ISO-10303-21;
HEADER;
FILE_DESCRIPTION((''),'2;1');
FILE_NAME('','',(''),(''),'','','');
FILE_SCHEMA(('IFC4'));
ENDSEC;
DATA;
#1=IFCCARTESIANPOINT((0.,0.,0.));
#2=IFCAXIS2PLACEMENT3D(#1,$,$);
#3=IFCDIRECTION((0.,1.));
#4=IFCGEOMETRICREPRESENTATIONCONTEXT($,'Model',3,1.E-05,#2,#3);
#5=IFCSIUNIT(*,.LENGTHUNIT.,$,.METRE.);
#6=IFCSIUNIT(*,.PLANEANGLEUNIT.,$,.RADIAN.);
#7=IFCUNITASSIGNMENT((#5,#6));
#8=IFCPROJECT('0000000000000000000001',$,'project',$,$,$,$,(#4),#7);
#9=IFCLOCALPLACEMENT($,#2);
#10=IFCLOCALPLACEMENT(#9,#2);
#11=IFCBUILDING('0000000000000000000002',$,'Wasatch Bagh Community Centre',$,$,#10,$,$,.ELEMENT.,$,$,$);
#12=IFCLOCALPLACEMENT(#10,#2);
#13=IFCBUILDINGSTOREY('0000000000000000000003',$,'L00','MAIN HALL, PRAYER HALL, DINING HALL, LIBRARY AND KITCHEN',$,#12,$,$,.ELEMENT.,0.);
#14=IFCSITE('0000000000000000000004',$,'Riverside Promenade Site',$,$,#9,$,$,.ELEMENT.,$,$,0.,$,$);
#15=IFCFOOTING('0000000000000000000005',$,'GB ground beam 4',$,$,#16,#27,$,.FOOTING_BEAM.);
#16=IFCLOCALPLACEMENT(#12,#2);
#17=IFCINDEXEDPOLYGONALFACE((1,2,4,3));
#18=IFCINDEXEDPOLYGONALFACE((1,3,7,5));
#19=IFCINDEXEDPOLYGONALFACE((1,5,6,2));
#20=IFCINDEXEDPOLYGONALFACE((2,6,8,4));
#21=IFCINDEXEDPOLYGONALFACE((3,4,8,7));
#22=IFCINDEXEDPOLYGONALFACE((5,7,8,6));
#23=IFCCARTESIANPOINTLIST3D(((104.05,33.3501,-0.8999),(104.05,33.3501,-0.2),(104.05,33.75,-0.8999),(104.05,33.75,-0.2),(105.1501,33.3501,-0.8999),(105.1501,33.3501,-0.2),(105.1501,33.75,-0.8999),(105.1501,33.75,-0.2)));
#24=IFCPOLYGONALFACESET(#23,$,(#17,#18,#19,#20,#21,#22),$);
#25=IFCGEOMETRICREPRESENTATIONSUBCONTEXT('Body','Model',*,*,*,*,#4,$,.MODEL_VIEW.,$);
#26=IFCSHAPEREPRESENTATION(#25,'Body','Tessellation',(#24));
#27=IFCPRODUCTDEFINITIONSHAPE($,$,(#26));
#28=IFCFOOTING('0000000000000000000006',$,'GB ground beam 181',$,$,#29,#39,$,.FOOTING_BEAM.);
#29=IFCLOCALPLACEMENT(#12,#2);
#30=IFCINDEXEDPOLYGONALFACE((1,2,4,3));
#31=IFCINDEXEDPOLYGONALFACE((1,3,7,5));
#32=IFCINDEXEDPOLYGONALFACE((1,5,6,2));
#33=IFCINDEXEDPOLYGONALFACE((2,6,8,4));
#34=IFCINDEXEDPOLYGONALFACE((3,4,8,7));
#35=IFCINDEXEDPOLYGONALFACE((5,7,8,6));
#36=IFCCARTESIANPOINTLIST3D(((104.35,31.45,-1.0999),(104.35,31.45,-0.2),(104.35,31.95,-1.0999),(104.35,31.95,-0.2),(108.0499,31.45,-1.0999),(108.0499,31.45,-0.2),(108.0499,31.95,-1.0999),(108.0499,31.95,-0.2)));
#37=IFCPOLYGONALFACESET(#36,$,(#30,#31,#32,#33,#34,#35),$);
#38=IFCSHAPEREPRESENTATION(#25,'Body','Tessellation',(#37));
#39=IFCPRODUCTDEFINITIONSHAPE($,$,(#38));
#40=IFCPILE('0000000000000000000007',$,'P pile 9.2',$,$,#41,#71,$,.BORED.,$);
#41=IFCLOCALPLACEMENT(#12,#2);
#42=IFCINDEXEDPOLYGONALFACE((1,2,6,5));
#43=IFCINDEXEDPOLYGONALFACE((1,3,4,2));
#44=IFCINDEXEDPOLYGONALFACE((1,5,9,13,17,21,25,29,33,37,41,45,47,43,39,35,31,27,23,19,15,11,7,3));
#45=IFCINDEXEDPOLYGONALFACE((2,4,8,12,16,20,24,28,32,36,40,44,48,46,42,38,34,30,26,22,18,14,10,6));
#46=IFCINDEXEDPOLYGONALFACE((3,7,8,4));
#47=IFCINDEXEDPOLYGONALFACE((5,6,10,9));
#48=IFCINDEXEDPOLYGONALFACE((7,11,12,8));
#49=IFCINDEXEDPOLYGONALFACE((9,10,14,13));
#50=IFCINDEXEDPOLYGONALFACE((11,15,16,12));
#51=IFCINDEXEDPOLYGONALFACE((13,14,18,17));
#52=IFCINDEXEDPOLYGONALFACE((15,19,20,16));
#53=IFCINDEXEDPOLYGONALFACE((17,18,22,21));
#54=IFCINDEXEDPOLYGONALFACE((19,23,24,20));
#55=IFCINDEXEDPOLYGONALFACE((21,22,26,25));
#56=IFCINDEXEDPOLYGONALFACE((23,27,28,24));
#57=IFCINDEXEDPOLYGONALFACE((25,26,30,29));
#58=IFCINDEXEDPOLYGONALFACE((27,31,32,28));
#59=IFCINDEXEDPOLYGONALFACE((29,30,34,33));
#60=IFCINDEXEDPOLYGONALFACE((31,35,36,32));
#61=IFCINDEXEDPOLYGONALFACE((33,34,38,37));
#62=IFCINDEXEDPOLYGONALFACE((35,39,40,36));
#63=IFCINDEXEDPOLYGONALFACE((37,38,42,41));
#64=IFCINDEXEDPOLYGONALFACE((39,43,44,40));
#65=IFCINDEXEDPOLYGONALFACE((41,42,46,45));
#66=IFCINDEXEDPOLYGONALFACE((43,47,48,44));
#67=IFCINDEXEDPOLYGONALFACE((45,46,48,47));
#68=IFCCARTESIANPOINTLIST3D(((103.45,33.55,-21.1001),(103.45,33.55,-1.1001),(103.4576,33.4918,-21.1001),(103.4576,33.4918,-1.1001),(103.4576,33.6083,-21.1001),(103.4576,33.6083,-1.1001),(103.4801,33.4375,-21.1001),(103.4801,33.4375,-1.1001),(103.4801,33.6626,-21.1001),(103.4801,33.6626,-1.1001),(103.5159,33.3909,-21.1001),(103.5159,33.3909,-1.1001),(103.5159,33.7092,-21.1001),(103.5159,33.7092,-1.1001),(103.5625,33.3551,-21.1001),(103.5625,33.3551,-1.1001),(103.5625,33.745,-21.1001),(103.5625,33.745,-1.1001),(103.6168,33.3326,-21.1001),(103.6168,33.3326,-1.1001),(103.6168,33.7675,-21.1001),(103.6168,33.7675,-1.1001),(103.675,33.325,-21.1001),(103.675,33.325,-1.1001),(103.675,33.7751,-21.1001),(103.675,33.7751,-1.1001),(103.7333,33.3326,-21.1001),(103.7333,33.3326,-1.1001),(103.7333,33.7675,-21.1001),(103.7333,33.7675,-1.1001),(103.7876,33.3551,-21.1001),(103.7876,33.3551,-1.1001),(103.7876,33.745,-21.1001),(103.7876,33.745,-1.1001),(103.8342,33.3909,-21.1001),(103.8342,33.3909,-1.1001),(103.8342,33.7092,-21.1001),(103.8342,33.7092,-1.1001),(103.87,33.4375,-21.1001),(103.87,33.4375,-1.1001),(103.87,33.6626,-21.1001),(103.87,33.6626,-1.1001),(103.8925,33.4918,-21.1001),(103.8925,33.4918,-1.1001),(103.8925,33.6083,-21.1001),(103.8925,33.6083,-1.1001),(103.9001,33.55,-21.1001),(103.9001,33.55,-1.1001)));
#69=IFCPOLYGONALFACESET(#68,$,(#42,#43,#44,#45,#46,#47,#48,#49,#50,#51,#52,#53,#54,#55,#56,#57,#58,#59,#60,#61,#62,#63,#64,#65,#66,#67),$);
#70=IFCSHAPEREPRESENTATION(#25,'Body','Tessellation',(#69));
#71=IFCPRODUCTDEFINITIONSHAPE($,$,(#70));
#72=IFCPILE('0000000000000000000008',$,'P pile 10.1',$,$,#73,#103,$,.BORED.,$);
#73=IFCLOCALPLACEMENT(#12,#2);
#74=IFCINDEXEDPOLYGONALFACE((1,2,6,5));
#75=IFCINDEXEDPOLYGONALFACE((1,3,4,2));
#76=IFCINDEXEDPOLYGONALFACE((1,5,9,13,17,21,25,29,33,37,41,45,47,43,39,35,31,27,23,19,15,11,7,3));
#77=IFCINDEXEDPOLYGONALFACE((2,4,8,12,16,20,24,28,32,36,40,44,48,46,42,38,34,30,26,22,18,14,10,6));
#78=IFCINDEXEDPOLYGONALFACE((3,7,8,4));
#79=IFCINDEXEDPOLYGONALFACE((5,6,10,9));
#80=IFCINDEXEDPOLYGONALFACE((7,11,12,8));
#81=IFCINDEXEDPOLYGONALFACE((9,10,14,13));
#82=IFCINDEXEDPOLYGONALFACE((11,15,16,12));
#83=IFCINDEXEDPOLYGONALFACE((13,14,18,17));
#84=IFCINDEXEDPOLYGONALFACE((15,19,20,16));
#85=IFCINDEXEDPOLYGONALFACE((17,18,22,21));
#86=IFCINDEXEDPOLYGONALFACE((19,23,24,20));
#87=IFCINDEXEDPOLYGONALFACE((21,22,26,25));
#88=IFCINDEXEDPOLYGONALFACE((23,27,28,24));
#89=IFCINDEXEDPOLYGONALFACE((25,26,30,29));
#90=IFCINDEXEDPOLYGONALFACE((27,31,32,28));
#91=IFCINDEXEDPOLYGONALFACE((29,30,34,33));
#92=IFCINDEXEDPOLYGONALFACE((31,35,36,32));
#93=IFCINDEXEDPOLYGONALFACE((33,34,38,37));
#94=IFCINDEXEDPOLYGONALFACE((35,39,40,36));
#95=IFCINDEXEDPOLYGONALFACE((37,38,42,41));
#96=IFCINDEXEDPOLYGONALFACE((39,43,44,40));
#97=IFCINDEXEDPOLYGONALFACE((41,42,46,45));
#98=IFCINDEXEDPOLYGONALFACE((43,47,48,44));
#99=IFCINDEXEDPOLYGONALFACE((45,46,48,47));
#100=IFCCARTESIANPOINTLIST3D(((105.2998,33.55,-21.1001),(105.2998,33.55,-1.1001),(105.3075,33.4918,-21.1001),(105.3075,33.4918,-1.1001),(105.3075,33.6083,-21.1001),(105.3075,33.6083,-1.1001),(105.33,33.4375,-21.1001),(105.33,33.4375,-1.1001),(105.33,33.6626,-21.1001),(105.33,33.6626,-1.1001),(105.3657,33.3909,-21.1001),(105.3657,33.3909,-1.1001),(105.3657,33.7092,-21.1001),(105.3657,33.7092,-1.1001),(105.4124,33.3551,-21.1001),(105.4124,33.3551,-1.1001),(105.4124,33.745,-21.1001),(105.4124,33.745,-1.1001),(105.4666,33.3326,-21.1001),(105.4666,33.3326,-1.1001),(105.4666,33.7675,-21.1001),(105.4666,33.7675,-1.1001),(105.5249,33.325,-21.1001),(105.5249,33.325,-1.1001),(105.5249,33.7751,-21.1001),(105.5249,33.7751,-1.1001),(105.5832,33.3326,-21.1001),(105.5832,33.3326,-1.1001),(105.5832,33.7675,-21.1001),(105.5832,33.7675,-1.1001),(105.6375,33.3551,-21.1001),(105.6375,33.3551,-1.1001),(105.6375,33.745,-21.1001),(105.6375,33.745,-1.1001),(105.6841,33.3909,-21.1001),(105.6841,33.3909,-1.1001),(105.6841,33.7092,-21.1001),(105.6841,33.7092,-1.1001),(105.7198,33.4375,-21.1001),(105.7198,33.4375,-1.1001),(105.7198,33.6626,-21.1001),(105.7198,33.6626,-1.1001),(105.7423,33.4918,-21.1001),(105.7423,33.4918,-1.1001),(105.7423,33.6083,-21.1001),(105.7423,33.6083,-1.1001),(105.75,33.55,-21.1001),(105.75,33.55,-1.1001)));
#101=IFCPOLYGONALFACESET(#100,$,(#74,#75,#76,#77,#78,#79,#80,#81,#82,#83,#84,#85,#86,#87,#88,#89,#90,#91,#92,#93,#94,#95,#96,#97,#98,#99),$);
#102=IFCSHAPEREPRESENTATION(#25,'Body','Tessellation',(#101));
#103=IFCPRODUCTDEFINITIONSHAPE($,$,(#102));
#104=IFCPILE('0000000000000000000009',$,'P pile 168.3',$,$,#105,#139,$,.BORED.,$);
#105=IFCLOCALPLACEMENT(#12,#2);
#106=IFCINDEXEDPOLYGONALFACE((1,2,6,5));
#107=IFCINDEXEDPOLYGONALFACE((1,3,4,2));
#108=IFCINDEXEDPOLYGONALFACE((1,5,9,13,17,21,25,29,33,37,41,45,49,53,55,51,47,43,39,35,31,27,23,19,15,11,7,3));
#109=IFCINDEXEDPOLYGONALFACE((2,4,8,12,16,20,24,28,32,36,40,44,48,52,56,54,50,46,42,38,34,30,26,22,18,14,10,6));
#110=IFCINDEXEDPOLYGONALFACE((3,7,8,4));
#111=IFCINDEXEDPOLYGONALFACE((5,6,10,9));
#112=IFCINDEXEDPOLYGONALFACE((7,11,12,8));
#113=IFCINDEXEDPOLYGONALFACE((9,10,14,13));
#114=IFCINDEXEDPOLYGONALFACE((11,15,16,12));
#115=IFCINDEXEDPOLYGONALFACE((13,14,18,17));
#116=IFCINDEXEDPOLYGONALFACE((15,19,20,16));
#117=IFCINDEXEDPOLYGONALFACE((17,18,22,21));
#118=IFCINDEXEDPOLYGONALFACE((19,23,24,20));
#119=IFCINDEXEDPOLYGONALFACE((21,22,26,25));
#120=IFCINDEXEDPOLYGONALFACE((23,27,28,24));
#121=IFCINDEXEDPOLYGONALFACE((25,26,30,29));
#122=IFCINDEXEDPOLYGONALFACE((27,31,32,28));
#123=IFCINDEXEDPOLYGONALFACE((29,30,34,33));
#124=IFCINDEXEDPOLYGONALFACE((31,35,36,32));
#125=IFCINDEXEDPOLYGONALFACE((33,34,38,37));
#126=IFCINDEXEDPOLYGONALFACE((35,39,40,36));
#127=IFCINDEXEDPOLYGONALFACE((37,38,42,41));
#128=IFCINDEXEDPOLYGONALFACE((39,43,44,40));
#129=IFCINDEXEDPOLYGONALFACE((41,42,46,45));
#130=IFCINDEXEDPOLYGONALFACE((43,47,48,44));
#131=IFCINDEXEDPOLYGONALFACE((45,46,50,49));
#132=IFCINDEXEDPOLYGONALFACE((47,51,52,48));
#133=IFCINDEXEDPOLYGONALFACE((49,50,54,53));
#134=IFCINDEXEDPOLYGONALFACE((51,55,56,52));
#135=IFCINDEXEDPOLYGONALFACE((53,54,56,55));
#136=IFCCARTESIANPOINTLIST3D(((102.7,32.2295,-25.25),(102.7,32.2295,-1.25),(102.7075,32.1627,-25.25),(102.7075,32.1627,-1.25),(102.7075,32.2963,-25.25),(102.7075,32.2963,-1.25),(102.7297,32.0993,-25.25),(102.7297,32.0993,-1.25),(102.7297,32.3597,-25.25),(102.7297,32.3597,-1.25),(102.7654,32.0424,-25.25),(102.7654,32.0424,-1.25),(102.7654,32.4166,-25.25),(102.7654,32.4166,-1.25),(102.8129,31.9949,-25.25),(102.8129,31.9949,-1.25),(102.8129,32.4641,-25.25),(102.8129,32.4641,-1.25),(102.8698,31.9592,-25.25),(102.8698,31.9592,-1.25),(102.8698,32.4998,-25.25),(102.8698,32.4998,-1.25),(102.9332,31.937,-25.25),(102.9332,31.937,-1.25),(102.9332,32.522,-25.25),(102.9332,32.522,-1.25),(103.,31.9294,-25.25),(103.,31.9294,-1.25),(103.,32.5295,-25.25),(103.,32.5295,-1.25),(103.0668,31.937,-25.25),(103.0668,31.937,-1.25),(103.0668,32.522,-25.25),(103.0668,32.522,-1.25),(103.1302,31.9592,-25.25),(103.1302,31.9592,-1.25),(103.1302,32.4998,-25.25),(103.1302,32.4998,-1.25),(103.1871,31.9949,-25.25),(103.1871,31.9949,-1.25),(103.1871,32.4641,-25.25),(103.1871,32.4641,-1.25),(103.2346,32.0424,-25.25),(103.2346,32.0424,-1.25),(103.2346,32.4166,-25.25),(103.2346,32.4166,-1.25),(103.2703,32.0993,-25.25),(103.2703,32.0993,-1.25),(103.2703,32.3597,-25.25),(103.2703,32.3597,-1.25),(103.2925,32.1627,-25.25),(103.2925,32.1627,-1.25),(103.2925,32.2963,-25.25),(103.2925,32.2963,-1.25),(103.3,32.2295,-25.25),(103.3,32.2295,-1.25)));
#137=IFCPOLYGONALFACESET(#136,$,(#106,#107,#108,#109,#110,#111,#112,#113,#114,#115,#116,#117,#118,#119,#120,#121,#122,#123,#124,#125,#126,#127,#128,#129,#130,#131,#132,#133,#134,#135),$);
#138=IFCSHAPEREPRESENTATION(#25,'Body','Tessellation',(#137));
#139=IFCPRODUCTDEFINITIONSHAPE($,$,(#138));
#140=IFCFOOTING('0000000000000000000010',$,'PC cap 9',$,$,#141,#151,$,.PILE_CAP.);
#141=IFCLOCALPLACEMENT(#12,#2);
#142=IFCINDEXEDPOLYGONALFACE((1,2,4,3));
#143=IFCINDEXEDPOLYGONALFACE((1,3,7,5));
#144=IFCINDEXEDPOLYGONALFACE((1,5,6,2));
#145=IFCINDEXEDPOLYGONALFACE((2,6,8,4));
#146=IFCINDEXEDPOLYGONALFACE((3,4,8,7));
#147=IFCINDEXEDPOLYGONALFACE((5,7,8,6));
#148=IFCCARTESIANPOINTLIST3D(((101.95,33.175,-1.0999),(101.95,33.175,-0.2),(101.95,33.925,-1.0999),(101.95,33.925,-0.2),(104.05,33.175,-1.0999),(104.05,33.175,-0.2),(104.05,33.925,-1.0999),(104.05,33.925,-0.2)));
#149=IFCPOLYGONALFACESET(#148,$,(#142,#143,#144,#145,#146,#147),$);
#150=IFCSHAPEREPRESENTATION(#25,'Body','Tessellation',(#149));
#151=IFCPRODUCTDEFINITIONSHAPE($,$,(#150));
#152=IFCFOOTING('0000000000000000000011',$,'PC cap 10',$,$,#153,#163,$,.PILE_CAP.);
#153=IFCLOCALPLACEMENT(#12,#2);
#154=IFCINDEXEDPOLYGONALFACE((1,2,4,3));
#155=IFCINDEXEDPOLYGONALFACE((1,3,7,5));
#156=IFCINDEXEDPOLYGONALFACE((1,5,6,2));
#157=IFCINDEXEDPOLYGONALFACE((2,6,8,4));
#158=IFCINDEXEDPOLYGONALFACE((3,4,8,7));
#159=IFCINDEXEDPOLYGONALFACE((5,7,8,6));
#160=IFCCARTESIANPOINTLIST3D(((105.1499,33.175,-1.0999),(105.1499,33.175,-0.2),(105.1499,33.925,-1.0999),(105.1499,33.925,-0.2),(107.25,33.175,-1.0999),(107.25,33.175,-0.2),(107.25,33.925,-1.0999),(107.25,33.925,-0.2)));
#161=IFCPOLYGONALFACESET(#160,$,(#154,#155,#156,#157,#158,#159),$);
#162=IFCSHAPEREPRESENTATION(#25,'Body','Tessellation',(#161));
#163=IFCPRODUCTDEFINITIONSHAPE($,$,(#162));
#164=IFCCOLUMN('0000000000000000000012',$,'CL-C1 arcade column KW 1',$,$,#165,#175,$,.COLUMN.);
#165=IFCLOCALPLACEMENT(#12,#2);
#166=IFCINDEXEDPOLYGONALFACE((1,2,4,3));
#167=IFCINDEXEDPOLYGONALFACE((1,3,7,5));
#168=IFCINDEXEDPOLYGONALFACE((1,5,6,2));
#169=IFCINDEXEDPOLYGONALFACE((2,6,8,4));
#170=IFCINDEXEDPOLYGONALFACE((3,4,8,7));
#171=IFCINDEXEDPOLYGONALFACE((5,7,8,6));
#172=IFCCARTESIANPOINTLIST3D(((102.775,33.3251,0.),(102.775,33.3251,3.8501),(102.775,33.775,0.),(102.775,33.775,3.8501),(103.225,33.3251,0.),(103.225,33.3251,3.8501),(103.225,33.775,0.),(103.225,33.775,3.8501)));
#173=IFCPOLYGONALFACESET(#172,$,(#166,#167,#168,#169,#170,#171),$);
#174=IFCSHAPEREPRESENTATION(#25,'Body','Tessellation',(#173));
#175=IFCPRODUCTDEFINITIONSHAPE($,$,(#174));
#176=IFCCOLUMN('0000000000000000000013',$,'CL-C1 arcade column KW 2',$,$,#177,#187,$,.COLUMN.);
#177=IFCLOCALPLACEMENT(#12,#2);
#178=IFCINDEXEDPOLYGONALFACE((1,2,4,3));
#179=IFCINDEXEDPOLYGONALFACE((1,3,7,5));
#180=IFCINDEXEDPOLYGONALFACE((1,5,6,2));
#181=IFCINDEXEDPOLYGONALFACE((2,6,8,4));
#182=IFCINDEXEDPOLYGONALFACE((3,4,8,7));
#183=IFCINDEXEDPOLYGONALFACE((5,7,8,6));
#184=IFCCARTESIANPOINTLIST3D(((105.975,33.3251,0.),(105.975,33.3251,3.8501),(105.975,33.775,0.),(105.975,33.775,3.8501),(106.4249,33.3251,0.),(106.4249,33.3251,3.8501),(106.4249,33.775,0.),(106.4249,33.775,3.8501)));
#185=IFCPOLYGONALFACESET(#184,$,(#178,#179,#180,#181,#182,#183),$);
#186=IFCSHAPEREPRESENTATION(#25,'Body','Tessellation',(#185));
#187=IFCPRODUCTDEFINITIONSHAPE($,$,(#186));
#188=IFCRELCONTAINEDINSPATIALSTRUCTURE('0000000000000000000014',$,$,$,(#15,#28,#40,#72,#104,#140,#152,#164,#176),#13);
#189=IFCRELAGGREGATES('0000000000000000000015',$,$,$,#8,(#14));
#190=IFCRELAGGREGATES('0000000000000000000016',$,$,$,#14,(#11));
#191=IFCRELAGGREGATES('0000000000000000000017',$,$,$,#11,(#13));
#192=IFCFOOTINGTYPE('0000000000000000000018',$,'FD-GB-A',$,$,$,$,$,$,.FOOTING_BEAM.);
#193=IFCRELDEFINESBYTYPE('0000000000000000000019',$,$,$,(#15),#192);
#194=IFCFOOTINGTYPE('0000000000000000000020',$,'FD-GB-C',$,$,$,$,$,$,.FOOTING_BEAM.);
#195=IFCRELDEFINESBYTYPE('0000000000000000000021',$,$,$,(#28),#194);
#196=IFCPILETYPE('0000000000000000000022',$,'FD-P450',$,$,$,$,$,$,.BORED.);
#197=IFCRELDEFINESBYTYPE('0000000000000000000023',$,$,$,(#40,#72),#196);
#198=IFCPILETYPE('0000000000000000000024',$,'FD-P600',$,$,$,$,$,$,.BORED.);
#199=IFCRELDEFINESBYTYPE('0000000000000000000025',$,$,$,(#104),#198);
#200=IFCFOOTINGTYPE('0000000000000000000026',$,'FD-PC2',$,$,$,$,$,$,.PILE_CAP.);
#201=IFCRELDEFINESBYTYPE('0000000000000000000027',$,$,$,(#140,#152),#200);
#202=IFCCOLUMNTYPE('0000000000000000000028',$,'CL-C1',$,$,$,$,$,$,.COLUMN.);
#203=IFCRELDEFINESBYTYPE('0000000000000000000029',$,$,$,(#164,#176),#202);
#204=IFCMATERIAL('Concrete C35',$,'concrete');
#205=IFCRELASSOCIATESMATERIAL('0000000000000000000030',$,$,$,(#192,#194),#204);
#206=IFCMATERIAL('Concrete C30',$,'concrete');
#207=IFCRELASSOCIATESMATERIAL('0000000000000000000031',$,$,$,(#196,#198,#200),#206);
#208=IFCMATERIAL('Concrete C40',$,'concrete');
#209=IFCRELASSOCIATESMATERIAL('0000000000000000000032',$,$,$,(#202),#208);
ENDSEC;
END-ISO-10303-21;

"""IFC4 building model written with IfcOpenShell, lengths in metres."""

from ifc_helpers import new_model, si_unit, direction, frame, origin, origin_2d, place, context, subcontext, project, spatial, rectangle, circle, extrude, material, material_profile, profile_set, type_object, element, save


model = new_model("IFC4")

# Units and contexts
model_context = context("Model", 3, precision=1e-05, world=origin(), true_north=direction((0.0, 1.0)))
body_context = subcontext(model_context, "Body", "Model", "MODEL_VIEW")
ifc_project = project(units=[si_unit("LENGTHUNIT", "METRE"), si_unit("PLANEANGLEUNIT", "RADIAN")], contexts=[model_context])

# Site, building, storey
site_placement = place(None, origin())
site = spatial("IfcSite", under=ifc_project, at=site_placement, Name="Riverside Promenade Site", CompositionType="ELEMENT", RefElevation=0.0)
building_placement = place(site_placement, origin())
building = spatial("IfcBuilding", under=site, at=building_placement, Name="Wasatch Bagh Community Centre", CompositionType="ELEMENT")
storey_placement = place(building_placement, origin())
storey = spatial("IfcBuildingStorey", under=building, at=storey_placement, Name="L00", Description="MAIN HALL, PRAYER HALL, DINING HALL, LIBRARY AND KITCHEN", CompositionType="ELEMENT", Elevation=0.0)

# Footings
ifc_material_1 = material(Name="Concrete C35", Category="concrete")
footing_type_1 = type_object("IfcFootingType", Name="FD-GB-A", PredefinedType="FOOTING_BEAM", material=ifc_material_1)
footing_1_placement = place(storey_placement, frame((104.6001, 33.55, -0.8999), z_axis=(0.0, 0.0, 1.0), x_axis=(1.0, 0.0, 0.0)))
element("IfcFooting", 1, at=footing_1_placement, inside=storey, type_object=footing_type_1, Name="GB ground beam 4", PredefinedType="FOOTING_BEAM", context=body_context, shape_type="SweptSolid", body=[
    extrude(rectangle(XDim=1.1001, YDim=0.3999, at=origin_2d()), origin(), (0.0, 0.0, 1.0), 0.7),
])
footing_type_2 = type_object("IfcFootingType", Name="FD-GB-C", PredefinedType="FOOTING_BEAM", material=ifc_material_1)
footing_2_placement = place(storey_placement, frame((106.2, 31.7, -1.0999), z_axis=(0.0, 0.0, 1.0), x_axis=(1.0, 0.0, 0.0)))
element("IfcFooting", 2, at=footing_2_placement, inside=storey, type_object=footing_type_2, Name="GB ground beam 181", PredefinedType="FOOTING_BEAM", context=body_context, shape_type="SweptSolid", body=[
    extrude(rectangle(XDim=3.7, YDim=0.5, at=origin_2d()), origin(), (0.0, 0.0, 1.0), 0.8999),
])

# Piles
ifc_material_2 = material(Name="Concrete C30", Category="concrete")
ifc_material_profile_1 = material_profile(ifc_material_2, circle(Radius=0.2251, at=origin_2d()), Name="RC D450")
ifc_profile_set_1 = profile_set([ifc_material_profile_1], Name="Concrete C30")
pile_type_1 = type_object("IfcPileType", Name="FD-P450", PredefinedType="BORED", material=ifc_profile_set_1)
for number, where, z_axis, x_axis, name in (
    (3, (103.675, 33.55, -1.1001), (0.0, 0.0, -1.0), (1.0, 0.0, 0.0), "P pile 9.2"),
    (4, (105.5249, 33.55, -1.1001), (0.0, 0.0, -1.0), (1.0, 0.0, 0.0), "P pile 10.1"),
):
    element("IfcPile", number, at=place(storey_placement, frame(where, z_axis=z_axis, x_axis=x_axis)), inside=storey, type_object=pile_type_1, Name=name, PredefinedType="BORED", context=body_context, shape_type="SweptSolid", body=[
        extrude(circle(Radius=0.2251, at=origin_2d()), origin(), (0.0, 0.0, 1.0), 20.0),
    ])
ifc_material_profile_2 = material_profile(ifc_material_2, circle(Radius=0.3, at=origin_2d()), Name="RC D600")
ifc_profile_set_2 = profile_set([ifc_material_profile_2], Name="Concrete C30")
pile_type_2 = type_object("IfcPileType", Name="FD-P600", PredefinedType="BORED", material=ifc_profile_set_2)
pile_placement = place(storey_placement, frame((103.0, 32.2295, -1.25), z_axis=(0.0, 0.0, -1.0), x_axis=(1.0, 0.0, 0.0)))
element("IfcPile", 5, at=pile_placement, inside=storey, type_object=pile_type_2, Name="P pile 168.3", PredefinedType="BORED", context=body_context, shape_type="SweptSolid", body=[
    extrude(circle(Radius=0.3, at=origin_2d()), origin(), (0.0, 0.0, 1.0), 24.0),
])

# Footings
footing_type_3 = type_object("IfcFootingType", Name="FD-PC2", PredefinedType="PILE_CAP", material=ifc_material_2)
for number, where, z_axis, x_axis, name in (
    (6, (103.0, 33.55, -1.0999), (0.0, 0.0, 1.0), (1.0, 0.0, 0.0), "PC cap 9"),
    (7, (106.2, 33.55, -1.0999), (0.0, 0.0, 1.0), (1.0, 0.0, 0.0), "PC cap 10"),
):
    element("IfcFooting", number, at=place(storey_placement, frame(where, z_axis=z_axis, x_axis=x_axis)), inside=storey, type_object=footing_type_3, Name=name, PredefinedType="PILE_CAP", context=body_context, shape_type="SweptSolid", body=[
        extrude(rectangle(XDim=2.1001, YDim=0.75, at=origin_2d()), origin(), (0.0, 0.0, 1.0), 0.8999),
    ])

# Columns
ifc_material_3 = material(Name="Concrete C40", Category="concrete")
ifc_material_profile_3 = material_profile(ifc_material_3, rectangle(XDim=0.45, YDim=0.45, at=origin_2d()), Name="RC 450x450")
ifc_profile_set_3 = profile_set([ifc_material_profile_3], Name="Concrete C40")
column_type_1 = type_object("IfcColumnType", Name="CL-C1", PredefinedType="COLUMN", material=ifc_profile_set_3)
for number, where, z_axis, x_axis, name in (
    (8, (103.0, 33.55, 0.0), (0.0, 0.0, 1.0), (1.0, 0.0, 0.0), "CL-C1 arcade column KW 1"),
    (9, (106.2, 33.55, 0.0), (0.0, 0.0, 1.0), (1.0, 0.0, 0.0), "CL-C1 arcade column KW 2"),
):
    element("IfcColumn", number, at=place(storey_placement, frame(where, z_axis=z_axis, x_axis=x_axis)), inside=storey, type_object=column_type_1, Name=name, PredefinedType="COLUMN", context=body_context, shape_type="SweptSolid", body=[
        extrude(rectangle(XDim=0.45, YDim=0.45, at=origin_2d()), origin(), (0.0, 0.0, 1.0), 3.8501),
    ])

save(model, "model.ifc")
